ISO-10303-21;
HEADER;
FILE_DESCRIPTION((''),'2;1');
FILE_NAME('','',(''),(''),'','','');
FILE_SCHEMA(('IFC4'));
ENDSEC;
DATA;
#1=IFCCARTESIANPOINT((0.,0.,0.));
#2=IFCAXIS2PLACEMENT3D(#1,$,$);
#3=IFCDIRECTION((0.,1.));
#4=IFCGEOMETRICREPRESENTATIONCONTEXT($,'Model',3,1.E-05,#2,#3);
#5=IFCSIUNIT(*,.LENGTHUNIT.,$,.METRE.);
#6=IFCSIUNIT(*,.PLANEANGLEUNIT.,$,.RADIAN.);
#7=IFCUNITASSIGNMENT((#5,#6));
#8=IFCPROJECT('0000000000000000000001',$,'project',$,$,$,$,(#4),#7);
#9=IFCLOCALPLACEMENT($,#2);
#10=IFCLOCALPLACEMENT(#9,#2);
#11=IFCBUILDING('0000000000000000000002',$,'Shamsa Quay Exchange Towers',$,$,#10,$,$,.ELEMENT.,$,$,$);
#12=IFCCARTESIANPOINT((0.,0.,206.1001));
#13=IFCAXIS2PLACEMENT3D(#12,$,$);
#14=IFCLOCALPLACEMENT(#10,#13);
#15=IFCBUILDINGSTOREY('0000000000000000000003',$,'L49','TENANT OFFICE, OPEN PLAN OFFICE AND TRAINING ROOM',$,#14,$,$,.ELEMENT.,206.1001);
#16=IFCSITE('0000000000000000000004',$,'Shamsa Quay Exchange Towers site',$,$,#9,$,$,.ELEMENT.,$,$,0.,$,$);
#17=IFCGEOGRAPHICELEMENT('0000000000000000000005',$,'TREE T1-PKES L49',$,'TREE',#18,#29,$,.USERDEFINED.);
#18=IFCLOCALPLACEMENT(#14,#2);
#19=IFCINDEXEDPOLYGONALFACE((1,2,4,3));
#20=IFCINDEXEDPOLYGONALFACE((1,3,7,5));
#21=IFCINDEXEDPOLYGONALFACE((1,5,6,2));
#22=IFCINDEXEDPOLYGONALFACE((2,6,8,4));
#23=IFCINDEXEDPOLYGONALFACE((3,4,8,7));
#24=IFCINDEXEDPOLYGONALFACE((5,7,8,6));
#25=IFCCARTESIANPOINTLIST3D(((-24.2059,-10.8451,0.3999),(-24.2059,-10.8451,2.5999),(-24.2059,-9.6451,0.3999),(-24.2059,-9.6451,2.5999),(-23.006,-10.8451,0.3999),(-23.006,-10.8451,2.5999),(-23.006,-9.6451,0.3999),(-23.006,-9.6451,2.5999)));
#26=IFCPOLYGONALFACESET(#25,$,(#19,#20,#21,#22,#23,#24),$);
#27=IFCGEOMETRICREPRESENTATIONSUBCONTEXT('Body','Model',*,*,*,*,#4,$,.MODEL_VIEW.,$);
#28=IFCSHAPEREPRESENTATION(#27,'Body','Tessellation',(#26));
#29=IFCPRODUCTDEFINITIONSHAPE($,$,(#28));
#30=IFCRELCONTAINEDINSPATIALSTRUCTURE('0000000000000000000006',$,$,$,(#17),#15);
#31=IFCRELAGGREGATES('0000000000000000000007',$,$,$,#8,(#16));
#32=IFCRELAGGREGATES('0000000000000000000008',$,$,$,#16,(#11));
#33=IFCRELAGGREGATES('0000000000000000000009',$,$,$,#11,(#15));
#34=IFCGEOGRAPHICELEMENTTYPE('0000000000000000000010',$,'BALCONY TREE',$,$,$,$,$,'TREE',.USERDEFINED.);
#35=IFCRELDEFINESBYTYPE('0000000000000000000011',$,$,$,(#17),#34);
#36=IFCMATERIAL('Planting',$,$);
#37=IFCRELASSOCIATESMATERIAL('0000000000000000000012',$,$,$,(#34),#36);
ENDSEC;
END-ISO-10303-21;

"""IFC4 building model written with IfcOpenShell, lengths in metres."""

from ifc_helpers import new_model, si_unit, direction, frame, origin, origin_2d, place, context, subcontext, project, spatial, rectangle, extrude, material, type_object, element, save


model = new_model("IFC4")

# Units and contexts
model_context = context("Model", 3, precision=1e-05, world=origin(), true_north=direction((0.0, 1.0)))
body_context = subcontext(model_context, "Body", "Model", "MODEL_VIEW")
ifc_project = project(units=[si_unit("LENGTHUNIT", "METRE"), si_unit("PLANEANGLEUNIT", "RADIAN")], contexts=[model_context])

# Site, building, storey
site_placement = place(None, origin())
site = spatial("IfcSite", under=ifc_project, at=site_placement, Name="Shamsa Quay Exchange Towers site", CompositionType="ELEMENT", RefElevation=0.0)
building_placement = place(site_placement, origin())
building = spatial("IfcBuilding", under=site, at=building_placement, Name="Shamsa Quay Exchange Towers", CompositionType="ELEMENT")
storey_placement = place(building_placement, frame((0.0, 0.0, 206.1001)))
storey = spatial("IfcBuildingStorey", under=building, at=storey_placement, Name="L49", Description="TENANT OFFICE, OPEN PLAN OFFICE AND TRAINING ROOM", CompositionType="ELEMENT", Elevation=206.1001)

# Geographic element
ifc_material_1 = material(Name="Planting")
geographic_element_type = type_object("IfcGeographicElementType", Name="BALCONY TREE", ElementType="TREE", PredefinedType="USERDEFINED", material=ifc_material_1)
geographic_element_placement = place(storey_placement, frame((-23.606, -10.2451, 0.3999)))
element("IfcGeographicElement", 1, at=geographic_element_placement, inside=storey, type_object=geographic_element_type, Name="TREE T1-PKES L49", ObjectType="TREE", PredefinedType="USERDEFINED", context=body_context, shape_type="SweptSolid", body=[
    extrude(rectangle(XDim=1.2, YDim=1.2, at=origin_2d()), origin(), (0.0, 0.0, 1.0), 2.2),
])

save(model, "model.ifc")
